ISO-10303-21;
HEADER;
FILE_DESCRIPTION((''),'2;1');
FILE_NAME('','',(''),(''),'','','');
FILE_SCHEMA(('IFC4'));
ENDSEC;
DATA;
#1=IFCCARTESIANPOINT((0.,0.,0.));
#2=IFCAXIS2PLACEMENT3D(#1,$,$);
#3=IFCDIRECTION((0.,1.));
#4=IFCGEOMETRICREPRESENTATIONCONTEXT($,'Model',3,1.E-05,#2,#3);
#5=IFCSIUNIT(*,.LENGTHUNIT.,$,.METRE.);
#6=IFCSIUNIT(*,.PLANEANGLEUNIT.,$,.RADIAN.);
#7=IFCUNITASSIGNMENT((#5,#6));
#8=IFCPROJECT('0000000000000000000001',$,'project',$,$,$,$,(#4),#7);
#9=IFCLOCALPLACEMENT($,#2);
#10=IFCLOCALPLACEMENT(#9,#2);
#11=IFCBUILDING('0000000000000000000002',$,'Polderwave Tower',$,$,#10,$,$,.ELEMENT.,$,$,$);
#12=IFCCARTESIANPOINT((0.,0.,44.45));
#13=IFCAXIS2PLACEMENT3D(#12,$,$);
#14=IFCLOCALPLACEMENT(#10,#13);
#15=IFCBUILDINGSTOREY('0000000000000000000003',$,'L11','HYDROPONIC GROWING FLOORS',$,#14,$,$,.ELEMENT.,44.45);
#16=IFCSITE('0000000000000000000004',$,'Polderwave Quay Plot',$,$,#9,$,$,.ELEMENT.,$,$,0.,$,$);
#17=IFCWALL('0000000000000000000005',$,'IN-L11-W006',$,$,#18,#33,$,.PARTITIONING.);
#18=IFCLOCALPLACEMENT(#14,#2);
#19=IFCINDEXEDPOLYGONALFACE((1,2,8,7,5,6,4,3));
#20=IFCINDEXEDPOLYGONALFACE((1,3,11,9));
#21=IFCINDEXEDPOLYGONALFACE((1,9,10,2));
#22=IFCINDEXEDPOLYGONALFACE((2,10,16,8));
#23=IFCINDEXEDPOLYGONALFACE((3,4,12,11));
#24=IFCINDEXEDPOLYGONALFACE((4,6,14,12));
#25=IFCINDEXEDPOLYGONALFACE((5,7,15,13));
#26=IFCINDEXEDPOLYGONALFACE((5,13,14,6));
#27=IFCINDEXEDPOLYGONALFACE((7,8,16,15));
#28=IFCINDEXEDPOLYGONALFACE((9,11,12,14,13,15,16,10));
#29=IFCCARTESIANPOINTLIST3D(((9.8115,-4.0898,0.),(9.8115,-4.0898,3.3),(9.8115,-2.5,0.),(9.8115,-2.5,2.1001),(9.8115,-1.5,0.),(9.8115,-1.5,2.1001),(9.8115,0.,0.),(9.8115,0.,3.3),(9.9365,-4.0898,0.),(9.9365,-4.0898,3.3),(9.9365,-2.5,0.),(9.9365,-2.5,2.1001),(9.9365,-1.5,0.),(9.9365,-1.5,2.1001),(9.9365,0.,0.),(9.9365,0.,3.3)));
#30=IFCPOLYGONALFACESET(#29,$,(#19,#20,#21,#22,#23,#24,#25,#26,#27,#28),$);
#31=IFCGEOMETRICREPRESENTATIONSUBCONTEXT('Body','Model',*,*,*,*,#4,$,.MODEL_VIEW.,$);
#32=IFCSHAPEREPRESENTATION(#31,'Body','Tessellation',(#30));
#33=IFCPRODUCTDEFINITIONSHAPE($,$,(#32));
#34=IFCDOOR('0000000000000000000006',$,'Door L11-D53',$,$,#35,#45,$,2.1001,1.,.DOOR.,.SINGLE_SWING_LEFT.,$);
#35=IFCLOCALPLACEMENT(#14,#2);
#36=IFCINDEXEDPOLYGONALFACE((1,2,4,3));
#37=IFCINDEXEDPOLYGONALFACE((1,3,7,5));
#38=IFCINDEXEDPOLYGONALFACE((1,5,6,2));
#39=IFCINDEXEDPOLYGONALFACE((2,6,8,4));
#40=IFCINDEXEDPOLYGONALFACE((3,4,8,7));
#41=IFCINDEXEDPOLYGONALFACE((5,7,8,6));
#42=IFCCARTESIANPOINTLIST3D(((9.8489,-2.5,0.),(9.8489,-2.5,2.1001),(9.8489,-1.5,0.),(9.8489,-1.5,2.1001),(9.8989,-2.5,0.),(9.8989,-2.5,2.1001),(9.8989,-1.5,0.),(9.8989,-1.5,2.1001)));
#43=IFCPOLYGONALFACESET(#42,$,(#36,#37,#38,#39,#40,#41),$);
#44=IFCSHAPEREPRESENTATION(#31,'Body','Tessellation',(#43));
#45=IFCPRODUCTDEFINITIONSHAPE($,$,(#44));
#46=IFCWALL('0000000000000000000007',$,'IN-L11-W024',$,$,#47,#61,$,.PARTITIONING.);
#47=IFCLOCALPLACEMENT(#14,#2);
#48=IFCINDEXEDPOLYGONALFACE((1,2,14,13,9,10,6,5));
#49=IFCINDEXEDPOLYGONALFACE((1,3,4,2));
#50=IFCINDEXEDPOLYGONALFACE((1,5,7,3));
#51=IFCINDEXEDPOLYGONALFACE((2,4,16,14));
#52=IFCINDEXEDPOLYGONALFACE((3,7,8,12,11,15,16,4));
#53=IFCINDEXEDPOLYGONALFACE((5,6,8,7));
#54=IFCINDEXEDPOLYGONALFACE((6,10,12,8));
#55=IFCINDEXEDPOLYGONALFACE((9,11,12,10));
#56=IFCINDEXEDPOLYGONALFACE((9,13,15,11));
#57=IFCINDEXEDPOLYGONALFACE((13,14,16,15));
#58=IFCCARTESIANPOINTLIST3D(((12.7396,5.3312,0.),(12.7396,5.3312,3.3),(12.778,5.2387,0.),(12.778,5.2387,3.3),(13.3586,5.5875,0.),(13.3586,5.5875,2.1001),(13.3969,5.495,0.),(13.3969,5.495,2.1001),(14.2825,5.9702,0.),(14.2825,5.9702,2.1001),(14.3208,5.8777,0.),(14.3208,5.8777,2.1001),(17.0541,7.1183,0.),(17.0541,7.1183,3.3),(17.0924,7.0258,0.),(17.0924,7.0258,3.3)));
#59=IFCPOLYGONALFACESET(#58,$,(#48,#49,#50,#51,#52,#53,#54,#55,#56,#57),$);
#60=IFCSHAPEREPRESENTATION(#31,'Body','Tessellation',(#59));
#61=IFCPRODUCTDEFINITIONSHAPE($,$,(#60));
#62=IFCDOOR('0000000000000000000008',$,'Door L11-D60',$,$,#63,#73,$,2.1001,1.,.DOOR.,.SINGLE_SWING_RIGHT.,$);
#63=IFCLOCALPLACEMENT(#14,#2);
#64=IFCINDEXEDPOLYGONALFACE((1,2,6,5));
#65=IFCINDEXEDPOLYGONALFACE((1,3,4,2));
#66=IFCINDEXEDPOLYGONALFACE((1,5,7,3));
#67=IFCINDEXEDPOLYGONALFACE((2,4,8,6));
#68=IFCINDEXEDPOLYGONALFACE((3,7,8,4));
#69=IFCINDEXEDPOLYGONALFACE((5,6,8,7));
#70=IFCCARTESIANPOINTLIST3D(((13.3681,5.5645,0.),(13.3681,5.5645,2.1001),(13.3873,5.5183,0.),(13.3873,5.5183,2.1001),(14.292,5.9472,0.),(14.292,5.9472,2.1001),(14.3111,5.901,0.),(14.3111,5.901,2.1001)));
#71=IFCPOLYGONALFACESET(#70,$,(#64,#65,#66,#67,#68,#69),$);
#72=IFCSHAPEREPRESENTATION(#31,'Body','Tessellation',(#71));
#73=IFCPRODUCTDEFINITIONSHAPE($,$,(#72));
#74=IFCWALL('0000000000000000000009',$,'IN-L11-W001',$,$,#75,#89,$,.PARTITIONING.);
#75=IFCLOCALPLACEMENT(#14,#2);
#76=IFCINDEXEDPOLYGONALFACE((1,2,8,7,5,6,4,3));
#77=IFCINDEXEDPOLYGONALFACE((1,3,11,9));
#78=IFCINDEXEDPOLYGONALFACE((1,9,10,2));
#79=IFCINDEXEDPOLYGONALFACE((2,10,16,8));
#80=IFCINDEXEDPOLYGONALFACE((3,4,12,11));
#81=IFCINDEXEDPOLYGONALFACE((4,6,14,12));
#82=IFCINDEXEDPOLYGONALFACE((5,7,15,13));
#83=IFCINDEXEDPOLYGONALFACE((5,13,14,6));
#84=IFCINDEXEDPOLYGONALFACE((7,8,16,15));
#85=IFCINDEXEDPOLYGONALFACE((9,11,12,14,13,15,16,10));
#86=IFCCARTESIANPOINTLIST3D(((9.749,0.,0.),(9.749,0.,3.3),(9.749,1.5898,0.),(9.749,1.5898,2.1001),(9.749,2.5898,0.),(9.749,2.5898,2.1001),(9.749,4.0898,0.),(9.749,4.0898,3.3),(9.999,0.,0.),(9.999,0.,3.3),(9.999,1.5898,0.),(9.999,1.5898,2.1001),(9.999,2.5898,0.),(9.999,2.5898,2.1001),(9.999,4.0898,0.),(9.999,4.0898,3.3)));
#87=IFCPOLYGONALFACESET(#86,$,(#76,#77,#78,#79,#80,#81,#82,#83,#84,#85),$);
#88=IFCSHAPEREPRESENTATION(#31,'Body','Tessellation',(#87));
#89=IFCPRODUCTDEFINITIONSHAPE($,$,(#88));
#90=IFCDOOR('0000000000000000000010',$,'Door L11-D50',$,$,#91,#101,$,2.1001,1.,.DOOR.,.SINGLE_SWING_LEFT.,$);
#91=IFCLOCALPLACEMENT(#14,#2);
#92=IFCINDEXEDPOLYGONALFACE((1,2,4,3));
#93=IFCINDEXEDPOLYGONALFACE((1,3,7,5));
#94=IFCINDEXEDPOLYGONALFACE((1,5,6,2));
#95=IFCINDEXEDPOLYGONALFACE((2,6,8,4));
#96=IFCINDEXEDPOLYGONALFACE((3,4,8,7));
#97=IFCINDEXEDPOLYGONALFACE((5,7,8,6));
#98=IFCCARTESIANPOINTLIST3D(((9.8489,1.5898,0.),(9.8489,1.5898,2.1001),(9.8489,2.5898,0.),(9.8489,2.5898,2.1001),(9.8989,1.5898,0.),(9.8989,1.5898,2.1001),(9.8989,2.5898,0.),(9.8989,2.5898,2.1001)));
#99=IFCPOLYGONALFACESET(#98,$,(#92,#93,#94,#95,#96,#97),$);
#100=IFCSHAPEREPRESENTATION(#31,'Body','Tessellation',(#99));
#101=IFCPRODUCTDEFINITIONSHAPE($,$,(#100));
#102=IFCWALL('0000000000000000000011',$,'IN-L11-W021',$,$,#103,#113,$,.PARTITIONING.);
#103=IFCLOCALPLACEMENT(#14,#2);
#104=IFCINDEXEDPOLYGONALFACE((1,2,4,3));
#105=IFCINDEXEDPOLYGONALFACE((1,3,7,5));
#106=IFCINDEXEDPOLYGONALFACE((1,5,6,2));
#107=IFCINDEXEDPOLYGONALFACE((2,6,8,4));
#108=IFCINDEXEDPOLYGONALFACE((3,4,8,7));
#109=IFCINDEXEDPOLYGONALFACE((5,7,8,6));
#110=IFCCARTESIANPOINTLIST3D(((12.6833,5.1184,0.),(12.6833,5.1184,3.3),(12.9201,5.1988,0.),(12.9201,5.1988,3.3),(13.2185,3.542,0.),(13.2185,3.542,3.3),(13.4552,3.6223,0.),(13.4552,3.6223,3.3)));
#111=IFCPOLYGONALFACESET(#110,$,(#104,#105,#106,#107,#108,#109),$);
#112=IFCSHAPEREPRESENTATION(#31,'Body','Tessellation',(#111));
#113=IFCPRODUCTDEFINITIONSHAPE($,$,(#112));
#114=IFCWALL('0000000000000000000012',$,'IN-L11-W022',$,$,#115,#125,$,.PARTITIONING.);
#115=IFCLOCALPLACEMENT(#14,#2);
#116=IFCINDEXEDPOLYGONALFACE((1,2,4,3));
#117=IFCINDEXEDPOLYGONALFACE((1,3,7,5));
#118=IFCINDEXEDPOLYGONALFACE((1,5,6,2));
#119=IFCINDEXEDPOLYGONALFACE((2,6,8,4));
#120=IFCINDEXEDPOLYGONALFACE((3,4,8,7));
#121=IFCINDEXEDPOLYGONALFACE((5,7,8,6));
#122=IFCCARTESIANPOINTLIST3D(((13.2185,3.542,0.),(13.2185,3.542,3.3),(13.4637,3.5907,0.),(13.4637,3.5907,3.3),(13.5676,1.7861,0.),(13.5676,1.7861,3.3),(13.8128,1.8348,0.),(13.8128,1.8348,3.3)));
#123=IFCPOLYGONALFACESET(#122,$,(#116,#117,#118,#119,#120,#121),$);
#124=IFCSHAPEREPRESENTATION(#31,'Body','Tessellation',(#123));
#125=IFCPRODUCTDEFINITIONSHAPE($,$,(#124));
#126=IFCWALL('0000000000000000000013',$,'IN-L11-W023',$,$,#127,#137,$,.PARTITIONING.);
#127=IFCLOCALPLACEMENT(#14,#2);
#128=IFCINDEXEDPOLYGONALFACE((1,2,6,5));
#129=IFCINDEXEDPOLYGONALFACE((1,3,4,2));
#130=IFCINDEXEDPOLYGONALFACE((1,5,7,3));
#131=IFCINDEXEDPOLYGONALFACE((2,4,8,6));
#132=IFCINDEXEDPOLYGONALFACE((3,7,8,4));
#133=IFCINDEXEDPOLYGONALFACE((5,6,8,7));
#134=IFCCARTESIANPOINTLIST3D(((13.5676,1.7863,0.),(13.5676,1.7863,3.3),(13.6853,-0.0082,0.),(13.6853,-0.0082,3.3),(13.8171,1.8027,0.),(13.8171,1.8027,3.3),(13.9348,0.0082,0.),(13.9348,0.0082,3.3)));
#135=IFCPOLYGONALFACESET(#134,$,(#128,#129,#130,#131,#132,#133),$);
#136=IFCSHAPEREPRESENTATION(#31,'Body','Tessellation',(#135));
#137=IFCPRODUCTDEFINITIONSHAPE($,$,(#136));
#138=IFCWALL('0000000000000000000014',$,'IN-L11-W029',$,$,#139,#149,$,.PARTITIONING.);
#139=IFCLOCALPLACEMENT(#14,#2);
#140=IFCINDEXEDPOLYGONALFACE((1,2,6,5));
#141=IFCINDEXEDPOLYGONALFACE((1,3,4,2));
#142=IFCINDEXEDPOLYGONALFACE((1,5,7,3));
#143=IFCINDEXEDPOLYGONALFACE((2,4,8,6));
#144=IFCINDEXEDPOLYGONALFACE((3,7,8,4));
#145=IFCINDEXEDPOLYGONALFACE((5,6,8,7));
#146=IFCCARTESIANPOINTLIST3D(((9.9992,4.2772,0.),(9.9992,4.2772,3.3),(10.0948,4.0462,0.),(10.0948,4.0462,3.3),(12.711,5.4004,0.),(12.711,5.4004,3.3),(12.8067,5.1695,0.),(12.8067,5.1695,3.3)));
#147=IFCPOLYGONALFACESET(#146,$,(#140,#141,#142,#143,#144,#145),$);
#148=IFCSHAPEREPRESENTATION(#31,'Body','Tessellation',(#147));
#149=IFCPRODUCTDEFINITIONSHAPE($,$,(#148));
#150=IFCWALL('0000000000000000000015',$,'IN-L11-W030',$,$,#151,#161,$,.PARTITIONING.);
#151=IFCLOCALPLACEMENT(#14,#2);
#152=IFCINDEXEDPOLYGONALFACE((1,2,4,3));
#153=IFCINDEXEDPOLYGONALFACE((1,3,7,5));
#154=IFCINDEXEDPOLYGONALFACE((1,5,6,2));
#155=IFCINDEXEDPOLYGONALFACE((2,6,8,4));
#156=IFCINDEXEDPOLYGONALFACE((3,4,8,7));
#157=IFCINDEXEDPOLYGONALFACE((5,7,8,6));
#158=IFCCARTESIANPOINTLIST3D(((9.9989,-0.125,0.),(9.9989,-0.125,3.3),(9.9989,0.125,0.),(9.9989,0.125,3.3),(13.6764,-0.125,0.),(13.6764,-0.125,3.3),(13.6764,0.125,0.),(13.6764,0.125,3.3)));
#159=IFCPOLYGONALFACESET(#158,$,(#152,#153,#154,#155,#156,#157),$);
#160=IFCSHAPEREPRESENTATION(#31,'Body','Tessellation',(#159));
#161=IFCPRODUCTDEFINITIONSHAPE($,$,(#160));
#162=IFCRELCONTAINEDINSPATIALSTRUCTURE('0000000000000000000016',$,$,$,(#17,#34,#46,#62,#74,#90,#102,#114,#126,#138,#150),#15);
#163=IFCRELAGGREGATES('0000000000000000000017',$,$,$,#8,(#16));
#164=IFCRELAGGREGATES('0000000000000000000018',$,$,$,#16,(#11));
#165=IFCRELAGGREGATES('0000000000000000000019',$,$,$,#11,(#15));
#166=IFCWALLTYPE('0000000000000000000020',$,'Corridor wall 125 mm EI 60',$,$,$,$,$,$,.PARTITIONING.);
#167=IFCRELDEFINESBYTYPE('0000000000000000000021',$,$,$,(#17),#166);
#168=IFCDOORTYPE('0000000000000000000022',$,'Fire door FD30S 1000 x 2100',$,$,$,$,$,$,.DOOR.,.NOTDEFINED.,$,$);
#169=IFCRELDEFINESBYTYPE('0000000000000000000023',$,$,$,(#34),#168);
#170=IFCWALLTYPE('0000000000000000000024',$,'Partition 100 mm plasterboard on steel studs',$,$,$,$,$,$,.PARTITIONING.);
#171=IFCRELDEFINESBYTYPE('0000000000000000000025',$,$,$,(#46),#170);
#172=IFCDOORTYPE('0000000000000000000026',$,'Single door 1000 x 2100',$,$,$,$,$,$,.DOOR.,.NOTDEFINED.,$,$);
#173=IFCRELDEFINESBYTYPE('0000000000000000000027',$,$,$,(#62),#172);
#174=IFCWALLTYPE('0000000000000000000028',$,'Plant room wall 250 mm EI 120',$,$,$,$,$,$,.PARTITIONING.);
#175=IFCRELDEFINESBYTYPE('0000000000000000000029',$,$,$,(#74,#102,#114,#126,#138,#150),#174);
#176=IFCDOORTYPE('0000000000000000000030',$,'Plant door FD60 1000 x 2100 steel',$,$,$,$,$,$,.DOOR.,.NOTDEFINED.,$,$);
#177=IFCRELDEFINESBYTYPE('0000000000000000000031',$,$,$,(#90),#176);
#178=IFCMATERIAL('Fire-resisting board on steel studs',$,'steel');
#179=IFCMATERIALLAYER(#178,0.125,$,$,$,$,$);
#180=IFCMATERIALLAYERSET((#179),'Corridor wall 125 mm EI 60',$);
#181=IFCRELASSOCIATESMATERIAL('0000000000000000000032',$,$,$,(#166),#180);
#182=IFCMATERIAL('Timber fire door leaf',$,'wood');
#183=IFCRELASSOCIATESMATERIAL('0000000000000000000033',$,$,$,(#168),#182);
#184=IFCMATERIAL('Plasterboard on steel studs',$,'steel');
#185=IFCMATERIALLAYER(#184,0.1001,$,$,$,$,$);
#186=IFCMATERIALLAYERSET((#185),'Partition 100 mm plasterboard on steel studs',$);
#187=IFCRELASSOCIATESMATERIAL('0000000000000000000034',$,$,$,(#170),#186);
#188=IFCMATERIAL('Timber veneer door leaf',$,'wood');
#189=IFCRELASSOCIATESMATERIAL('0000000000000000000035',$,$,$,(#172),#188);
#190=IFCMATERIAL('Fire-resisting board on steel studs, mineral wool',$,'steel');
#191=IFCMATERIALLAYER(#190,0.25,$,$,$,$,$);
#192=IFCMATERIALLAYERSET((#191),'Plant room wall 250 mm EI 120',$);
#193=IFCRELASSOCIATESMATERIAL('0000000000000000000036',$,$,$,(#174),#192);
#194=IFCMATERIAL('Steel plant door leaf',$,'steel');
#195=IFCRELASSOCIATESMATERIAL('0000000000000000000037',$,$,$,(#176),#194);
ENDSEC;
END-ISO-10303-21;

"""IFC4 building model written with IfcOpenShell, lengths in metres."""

from ifc_helpers import new_model, si_unit, direction, frame, frame_2d, origin, place, context, subcontext, project, spatial, rectangle, extrude, material, layer, layer_set, type_object, element, fill, save


model = new_model("IFC4")

# Units and contexts
model_context = context("Model", 3, precision=1e-05, world=origin(), true_north=direction((0.0, 1.0)))
body_context = subcontext(model_context, "Body", "Model", "MODEL_VIEW")
ifc_project = project(units=[si_unit("LENGTHUNIT", "METRE"), si_unit("PLANEANGLEUNIT", "RADIAN")], contexts=[model_context])

# Site, building, storey
site_placement = place(None, origin())
site = spatial("IfcSite", under=ifc_project, at=site_placement, Name="Polderwave Quay Plot", CompositionType="ELEMENT", RefElevation=0.0)
building_placement = place(site_placement, origin())
building = spatial("IfcBuilding", under=site, at=building_placement, Name="Polderwave Tower", CompositionType="ELEMENT")
storey_placement = place(building_placement, frame((0.0, 0.0, 44.45)))
storey = spatial("IfcBuildingStorey", under=building, at=storey_placement, Name="L11", Description="HYDROPONIC GROWING FLOORS", CompositionType="ELEMENT", Elevation=44.45)

# Walls, openings, doors
ifc_material_1 = material(Name="Fire-resisting board on steel studs", Category="steel")
ifc_layer_1 = layer(ifc_material_1, 0.125)
ifc_layer_set_1 = layer_set([ifc_layer_1], Name="Corridor wall 125 mm EI 60")
wall_type_1 = type_object("IfcWallType", Name="Corridor wall 125 mm EI 60", PredefinedType="PARTITIONING", material=ifc_layer_set_1)
wall_1_placement = place(storey_placement, frame((9.874, 0.0, 0.0), z_axis=(0.0, 0.0, 1.0), x_axis=(0.0, -1.0, 0.0)))
wall_1 = element("IfcWall", 1, at=wall_1_placement, inside=storey, type_object=wall_type_1, Name="IN-L11-W006", PredefinedType="PARTITIONING", context=body_context, shape_type="SweptSolid", body=[
    extrude(rectangle(XDim=4.0898, YDim=0.125, at=frame_2d((2.0449, 0.0))), origin(), (0.0, 0.0, 1.0), 3.3),
])
opening_1_placement = place(wall_1_placement, frame((1.5, 0.0, 0.0)))
opening_1 = element("IfcOpeningElement", 2, at=opening_1_placement, cuts=wall_1, PredefinedType="OPENING", context=body_context, shape_type="SweptSolid", body=[
    extrude(rectangle(XDim=1.0, YDim=2.1001, at=frame_2d((0.5, 1.05))), frame((0.0, 0.0725, 0.0), z_axis=(0.0, -1.0, 0.0), x_axis=(1.0, 0.0, 0.0)), (0.0, 0.0, 1.0), 0.145),
])
ifc_material_2 = material(Name="Timber fire door leaf", Category="wood")
door_type_1 = type_object("IfcDoorType", Name="Fire door FD30S 1000 x 2100", OperationType="NOTDEFINED", PredefinedType="DOOR", material=ifc_material_2)
door_1_placement = place(opening_1_placement, origin())
door_1 = element("IfcDoor", 3, at=door_1_placement, inside=storey, type_object=door_type_1, Name="Door L11-D53", OperationType="SINGLE_SWING_LEFT", OverallHeight=2.1001, OverallWidth=1.0, PredefinedType="DOOR", context=body_context, shape_type="SweptSolid", body=[
    extrude(rectangle(XDim=1.0, YDim=2.1001, at=frame_2d((0.5, 1.05))), frame((0.0, 0.0249, 0.0), z_axis=(0.0, -1.0, 0.0), x_axis=(1.0, 0.0, 0.0)), (0.0, 0.0, 1.0), 0.05),
])
fill(opening_1, door_1)
ifc_material_3 = material(Name="Plasterboard on steel studs", Category="steel")
ifc_layer_2 = layer(ifc_material_3, 0.1001)
ifc_layer_set_2 = layer_set([ifc_layer_2], Name="Partition 100 mm plasterboard on steel studs")
wall_type_2 = type_object("IfcWallType", Name="Partition 100 mm plasterboard on steel studs", PredefinedType="PARTITIONING", material=ifc_layer_set_2)
wall_2_placement = place(storey_placement, frame((17.0732, 7.072, 0.0), z_axis=(0.0, 0.0, 1.0), x_axis=(-0.923879, -0.382684, 0.0)))
wall_2 = element("IfcWall", 4, at=wall_2_placement, inside=storey, type_object=wall_type_2, Name="IN-L11-W024", PredefinedType="PARTITIONING", context=body_context, shape_type="SweptSolid", body=[
    extrude(rectangle(XDim=4.6699, YDim=0.1001, at=frame_2d((2.335, 0.0))), origin(), (0.0, 0.0, 1.0), 3.3),
])
opening_2_placement = place(wall_2_placement, frame((3.0, 0.0, 0.0)))
opening_2 = element("IfcOpeningElement", 5, at=opening_2_placement, cuts=wall_2, PredefinedType="OPENING", context=body_context, shape_type="SweptSolid", body=[
    extrude(rectangle(XDim=1.0, YDim=2.1001, at=frame_2d((0.5, 1.05))), frame((0.0, 0.0601, 0.0), z_axis=(0.0, -1.0, 0.0), x_axis=(1.0, 0.0, 0.0)), (0.0, 0.0, 1.0), 0.1201),
])
ifc_material_4 = material(Name="Timber veneer door leaf", Category="wood")
door_type_2 = type_object("IfcDoorType", Name="Single door 1000 x 2100", OperationType="NOTDEFINED", PredefinedType="DOOR", material=ifc_material_4)
door_2_placement = place(opening_2_placement, origin())
door_2 = element("IfcDoor", 6, at=door_2_placement, inside=storey, type_object=door_type_2, Name="Door L11-D60", OperationType="SINGLE_SWING_RIGHT", OverallHeight=2.1001, OverallWidth=1.0, PredefinedType="DOOR", context=body_context, shape_type="SweptSolid", body=[
    extrude(rectangle(XDim=1.0, YDim=2.1001, at=frame_2d((0.5, 1.05))), frame((0.0, 0.0249, 0.0), z_axis=(0.0, -1.0, 0.0), x_axis=(1.0, 0.0, 0.0)), (0.0, 0.0, 1.0), 0.05),
])
fill(opening_2, door_2)
ifc_material_5 = material(Name="Fire-resisting board on steel studs, mineral wool", Category="steel")
ifc_layer_3 = layer(ifc_material_5, 0.25)
ifc_layer_set_3 = layer_set([ifc_layer_3], Name="Plant room wall 250 mm EI 120")
wall_type_3 = type_object("IfcWallType", Name="Plant room wall 250 mm EI 120", PredefinedType="PARTITIONING", material=ifc_layer_set_3)
wall_3_placement = place(storey_placement, frame((9.874, 4.0898, 0.0), z_axis=(0.0, 0.0, 1.0), x_axis=(0.0, -1.0, 0.0)))
wall_3 = element("IfcWall", 7, at=wall_3_placement, inside=storey, type_object=wall_type_3, Name="IN-L11-W001", PredefinedType="PARTITIONING", context=body_context, shape_type="SweptSolid", body=[
    extrude(rectangle(XDim=4.0898, YDim=0.25, at=frame_2d((2.0449, 0.0))), origin(), (0.0, 0.0, 1.0), 3.3),
])
opening_3_placement = place(wall_3_placement, frame((1.5, 0.0, 0.0)))
opening_3 = element("IfcOpeningElement", 8, at=opening_3_placement, cuts=wall_3, PredefinedType="OPENING", context=body_context, shape_type="SweptSolid", body=[
    extrude(rectangle(XDim=1.0, YDim=2.1001, at=frame_2d((0.5, 1.05))), frame((0.0, 0.135, 0.0), z_axis=(0.0, -1.0, 0.0), x_axis=(1.0, 0.0, 0.0)), (0.0, 0.0, 1.0), 0.27),
])
ifc_material_6 = material(Name="Steel plant door leaf", Category="steel")
door_type_3 = type_object("IfcDoorType", Name="Plant door FD60 1000 x 2100 steel", OperationType="NOTDEFINED", PredefinedType="DOOR", material=ifc_material_6)
door_3_placement = place(opening_3_placement, origin())
door_3 = element("IfcDoor", 9, at=door_3_placement, inside=storey, type_object=door_type_3, Name="Door L11-D50", OperationType="SINGLE_SWING_LEFT", OverallHeight=2.1001, OverallWidth=1.0, PredefinedType="DOOR", context=body_context, shape_type="SweptSolid", body=[
    extrude(rectangle(XDim=1.0, YDim=2.1001, at=frame_2d((0.5, 1.05))), frame((0.0, 0.0249, 0.0), z_axis=(0.0, -1.0, 0.0), x_axis=(1.0, 0.0, 0.0)), (0.0, 0.0, 1.0), 0.05),
])
fill(opening_3, door_3)

# Walls
wall_4_placement = place(storey_placement, frame((13.3369, 3.582, 0.0), z_axis=(0.0, 0.0, 1.0), x_axis=(-0.321458, 0.946924, 0.0)))
element("IfcWall", 10, at=wall_4_placement, inside=storey, type_object=wall_type_3, Name="IN-L11-W021", PredefinedType="PARTITIONING", context=body_context, shape_type="SweptSolid", body=[
    extrude(rectangle(XDim=1.6648, YDim=0.25, at=frame_2d((0.8325, 0.0))), origin(), (0.0, 0.0, 1.0), 3.3),
])
wall_5_placement = place(storey_placement, frame((13.6902, 1.8105, 0.0), z_axis=(0.0, 0.0, 1.0), x_axis=(-0.195015, 0.9808, 0.0)))
element("IfcWall", 11, at=wall_5_placement, inside=storey, type_object=wall_type_3, Name="IN-L11-W022", PredefinedType="PARTITIONING", context=body_context, shape_type="SweptSolid", body=[
    extrude(rectangle(XDim=1.7903, YDim=0.25, at=frame_2d((0.895, 0.0))), origin(), (0.0, 0.0, 1.0), 3.3),
])
wall_6_placement = place(storey_placement, frame((13.8101, 0.0, 0.0), z_axis=(0.0, 0.0, 1.0), x_axis=(-0.065438, 0.997857, 0.0)))
element("IfcWall", 12, at=wall_6_placement, inside=storey, type_object=wall_type_3, Name="IN-L11-W023", PredefinedType="PARTITIONING", context=body_context, shape_type="SweptSolid", body=[
    extrude(rectangle(XDim=1.7983, YDim=0.25, at=frame_2d((0.8992, 0.0))), origin(), (0.0, 0.0, 1.0), 3.3),
])
wall_7_placement = place(storey_placement, frame((10.0469, 4.1616, 0.0), z_axis=(0.0, 0.0, 1.0), x_axis=(0.923882, 0.382677, 0.0)))
element("IfcWall", 13, at=wall_7_placement, inside=storey, type_object=wall_type_3, Name="IN-L11-W029", PredefinedType="PARTITIONING", context=body_context, shape_type="SweptSolid", body=[
    extrude(rectangle(XDim=2.9353, YDim=0.25, at=frame_2d((1.4678, 0.0))), origin(), (0.0, 0.0, 1.0), 3.3),
])
wall_8_placement = place(storey_placement, frame((13.6765, 0.0, 0.0), z_axis=(0.0, 0.0, 1.0), x_axis=(-1.0, 0.0, 0.0)))
element("IfcWall", 14, at=wall_8_placement, inside=storey, type_object=wall_type_3, Name="IN-L11-W030", PredefinedType="PARTITIONING", context=body_context, shape_type="SweptSolid", body=[
    extrude(rectangle(XDim=3.6775, YDim=0.25, at=frame_2d((1.8389, 0.0))), origin(), (0.0, 0.0, 1.0), 3.3),
])

save(model, "model.ifc")
